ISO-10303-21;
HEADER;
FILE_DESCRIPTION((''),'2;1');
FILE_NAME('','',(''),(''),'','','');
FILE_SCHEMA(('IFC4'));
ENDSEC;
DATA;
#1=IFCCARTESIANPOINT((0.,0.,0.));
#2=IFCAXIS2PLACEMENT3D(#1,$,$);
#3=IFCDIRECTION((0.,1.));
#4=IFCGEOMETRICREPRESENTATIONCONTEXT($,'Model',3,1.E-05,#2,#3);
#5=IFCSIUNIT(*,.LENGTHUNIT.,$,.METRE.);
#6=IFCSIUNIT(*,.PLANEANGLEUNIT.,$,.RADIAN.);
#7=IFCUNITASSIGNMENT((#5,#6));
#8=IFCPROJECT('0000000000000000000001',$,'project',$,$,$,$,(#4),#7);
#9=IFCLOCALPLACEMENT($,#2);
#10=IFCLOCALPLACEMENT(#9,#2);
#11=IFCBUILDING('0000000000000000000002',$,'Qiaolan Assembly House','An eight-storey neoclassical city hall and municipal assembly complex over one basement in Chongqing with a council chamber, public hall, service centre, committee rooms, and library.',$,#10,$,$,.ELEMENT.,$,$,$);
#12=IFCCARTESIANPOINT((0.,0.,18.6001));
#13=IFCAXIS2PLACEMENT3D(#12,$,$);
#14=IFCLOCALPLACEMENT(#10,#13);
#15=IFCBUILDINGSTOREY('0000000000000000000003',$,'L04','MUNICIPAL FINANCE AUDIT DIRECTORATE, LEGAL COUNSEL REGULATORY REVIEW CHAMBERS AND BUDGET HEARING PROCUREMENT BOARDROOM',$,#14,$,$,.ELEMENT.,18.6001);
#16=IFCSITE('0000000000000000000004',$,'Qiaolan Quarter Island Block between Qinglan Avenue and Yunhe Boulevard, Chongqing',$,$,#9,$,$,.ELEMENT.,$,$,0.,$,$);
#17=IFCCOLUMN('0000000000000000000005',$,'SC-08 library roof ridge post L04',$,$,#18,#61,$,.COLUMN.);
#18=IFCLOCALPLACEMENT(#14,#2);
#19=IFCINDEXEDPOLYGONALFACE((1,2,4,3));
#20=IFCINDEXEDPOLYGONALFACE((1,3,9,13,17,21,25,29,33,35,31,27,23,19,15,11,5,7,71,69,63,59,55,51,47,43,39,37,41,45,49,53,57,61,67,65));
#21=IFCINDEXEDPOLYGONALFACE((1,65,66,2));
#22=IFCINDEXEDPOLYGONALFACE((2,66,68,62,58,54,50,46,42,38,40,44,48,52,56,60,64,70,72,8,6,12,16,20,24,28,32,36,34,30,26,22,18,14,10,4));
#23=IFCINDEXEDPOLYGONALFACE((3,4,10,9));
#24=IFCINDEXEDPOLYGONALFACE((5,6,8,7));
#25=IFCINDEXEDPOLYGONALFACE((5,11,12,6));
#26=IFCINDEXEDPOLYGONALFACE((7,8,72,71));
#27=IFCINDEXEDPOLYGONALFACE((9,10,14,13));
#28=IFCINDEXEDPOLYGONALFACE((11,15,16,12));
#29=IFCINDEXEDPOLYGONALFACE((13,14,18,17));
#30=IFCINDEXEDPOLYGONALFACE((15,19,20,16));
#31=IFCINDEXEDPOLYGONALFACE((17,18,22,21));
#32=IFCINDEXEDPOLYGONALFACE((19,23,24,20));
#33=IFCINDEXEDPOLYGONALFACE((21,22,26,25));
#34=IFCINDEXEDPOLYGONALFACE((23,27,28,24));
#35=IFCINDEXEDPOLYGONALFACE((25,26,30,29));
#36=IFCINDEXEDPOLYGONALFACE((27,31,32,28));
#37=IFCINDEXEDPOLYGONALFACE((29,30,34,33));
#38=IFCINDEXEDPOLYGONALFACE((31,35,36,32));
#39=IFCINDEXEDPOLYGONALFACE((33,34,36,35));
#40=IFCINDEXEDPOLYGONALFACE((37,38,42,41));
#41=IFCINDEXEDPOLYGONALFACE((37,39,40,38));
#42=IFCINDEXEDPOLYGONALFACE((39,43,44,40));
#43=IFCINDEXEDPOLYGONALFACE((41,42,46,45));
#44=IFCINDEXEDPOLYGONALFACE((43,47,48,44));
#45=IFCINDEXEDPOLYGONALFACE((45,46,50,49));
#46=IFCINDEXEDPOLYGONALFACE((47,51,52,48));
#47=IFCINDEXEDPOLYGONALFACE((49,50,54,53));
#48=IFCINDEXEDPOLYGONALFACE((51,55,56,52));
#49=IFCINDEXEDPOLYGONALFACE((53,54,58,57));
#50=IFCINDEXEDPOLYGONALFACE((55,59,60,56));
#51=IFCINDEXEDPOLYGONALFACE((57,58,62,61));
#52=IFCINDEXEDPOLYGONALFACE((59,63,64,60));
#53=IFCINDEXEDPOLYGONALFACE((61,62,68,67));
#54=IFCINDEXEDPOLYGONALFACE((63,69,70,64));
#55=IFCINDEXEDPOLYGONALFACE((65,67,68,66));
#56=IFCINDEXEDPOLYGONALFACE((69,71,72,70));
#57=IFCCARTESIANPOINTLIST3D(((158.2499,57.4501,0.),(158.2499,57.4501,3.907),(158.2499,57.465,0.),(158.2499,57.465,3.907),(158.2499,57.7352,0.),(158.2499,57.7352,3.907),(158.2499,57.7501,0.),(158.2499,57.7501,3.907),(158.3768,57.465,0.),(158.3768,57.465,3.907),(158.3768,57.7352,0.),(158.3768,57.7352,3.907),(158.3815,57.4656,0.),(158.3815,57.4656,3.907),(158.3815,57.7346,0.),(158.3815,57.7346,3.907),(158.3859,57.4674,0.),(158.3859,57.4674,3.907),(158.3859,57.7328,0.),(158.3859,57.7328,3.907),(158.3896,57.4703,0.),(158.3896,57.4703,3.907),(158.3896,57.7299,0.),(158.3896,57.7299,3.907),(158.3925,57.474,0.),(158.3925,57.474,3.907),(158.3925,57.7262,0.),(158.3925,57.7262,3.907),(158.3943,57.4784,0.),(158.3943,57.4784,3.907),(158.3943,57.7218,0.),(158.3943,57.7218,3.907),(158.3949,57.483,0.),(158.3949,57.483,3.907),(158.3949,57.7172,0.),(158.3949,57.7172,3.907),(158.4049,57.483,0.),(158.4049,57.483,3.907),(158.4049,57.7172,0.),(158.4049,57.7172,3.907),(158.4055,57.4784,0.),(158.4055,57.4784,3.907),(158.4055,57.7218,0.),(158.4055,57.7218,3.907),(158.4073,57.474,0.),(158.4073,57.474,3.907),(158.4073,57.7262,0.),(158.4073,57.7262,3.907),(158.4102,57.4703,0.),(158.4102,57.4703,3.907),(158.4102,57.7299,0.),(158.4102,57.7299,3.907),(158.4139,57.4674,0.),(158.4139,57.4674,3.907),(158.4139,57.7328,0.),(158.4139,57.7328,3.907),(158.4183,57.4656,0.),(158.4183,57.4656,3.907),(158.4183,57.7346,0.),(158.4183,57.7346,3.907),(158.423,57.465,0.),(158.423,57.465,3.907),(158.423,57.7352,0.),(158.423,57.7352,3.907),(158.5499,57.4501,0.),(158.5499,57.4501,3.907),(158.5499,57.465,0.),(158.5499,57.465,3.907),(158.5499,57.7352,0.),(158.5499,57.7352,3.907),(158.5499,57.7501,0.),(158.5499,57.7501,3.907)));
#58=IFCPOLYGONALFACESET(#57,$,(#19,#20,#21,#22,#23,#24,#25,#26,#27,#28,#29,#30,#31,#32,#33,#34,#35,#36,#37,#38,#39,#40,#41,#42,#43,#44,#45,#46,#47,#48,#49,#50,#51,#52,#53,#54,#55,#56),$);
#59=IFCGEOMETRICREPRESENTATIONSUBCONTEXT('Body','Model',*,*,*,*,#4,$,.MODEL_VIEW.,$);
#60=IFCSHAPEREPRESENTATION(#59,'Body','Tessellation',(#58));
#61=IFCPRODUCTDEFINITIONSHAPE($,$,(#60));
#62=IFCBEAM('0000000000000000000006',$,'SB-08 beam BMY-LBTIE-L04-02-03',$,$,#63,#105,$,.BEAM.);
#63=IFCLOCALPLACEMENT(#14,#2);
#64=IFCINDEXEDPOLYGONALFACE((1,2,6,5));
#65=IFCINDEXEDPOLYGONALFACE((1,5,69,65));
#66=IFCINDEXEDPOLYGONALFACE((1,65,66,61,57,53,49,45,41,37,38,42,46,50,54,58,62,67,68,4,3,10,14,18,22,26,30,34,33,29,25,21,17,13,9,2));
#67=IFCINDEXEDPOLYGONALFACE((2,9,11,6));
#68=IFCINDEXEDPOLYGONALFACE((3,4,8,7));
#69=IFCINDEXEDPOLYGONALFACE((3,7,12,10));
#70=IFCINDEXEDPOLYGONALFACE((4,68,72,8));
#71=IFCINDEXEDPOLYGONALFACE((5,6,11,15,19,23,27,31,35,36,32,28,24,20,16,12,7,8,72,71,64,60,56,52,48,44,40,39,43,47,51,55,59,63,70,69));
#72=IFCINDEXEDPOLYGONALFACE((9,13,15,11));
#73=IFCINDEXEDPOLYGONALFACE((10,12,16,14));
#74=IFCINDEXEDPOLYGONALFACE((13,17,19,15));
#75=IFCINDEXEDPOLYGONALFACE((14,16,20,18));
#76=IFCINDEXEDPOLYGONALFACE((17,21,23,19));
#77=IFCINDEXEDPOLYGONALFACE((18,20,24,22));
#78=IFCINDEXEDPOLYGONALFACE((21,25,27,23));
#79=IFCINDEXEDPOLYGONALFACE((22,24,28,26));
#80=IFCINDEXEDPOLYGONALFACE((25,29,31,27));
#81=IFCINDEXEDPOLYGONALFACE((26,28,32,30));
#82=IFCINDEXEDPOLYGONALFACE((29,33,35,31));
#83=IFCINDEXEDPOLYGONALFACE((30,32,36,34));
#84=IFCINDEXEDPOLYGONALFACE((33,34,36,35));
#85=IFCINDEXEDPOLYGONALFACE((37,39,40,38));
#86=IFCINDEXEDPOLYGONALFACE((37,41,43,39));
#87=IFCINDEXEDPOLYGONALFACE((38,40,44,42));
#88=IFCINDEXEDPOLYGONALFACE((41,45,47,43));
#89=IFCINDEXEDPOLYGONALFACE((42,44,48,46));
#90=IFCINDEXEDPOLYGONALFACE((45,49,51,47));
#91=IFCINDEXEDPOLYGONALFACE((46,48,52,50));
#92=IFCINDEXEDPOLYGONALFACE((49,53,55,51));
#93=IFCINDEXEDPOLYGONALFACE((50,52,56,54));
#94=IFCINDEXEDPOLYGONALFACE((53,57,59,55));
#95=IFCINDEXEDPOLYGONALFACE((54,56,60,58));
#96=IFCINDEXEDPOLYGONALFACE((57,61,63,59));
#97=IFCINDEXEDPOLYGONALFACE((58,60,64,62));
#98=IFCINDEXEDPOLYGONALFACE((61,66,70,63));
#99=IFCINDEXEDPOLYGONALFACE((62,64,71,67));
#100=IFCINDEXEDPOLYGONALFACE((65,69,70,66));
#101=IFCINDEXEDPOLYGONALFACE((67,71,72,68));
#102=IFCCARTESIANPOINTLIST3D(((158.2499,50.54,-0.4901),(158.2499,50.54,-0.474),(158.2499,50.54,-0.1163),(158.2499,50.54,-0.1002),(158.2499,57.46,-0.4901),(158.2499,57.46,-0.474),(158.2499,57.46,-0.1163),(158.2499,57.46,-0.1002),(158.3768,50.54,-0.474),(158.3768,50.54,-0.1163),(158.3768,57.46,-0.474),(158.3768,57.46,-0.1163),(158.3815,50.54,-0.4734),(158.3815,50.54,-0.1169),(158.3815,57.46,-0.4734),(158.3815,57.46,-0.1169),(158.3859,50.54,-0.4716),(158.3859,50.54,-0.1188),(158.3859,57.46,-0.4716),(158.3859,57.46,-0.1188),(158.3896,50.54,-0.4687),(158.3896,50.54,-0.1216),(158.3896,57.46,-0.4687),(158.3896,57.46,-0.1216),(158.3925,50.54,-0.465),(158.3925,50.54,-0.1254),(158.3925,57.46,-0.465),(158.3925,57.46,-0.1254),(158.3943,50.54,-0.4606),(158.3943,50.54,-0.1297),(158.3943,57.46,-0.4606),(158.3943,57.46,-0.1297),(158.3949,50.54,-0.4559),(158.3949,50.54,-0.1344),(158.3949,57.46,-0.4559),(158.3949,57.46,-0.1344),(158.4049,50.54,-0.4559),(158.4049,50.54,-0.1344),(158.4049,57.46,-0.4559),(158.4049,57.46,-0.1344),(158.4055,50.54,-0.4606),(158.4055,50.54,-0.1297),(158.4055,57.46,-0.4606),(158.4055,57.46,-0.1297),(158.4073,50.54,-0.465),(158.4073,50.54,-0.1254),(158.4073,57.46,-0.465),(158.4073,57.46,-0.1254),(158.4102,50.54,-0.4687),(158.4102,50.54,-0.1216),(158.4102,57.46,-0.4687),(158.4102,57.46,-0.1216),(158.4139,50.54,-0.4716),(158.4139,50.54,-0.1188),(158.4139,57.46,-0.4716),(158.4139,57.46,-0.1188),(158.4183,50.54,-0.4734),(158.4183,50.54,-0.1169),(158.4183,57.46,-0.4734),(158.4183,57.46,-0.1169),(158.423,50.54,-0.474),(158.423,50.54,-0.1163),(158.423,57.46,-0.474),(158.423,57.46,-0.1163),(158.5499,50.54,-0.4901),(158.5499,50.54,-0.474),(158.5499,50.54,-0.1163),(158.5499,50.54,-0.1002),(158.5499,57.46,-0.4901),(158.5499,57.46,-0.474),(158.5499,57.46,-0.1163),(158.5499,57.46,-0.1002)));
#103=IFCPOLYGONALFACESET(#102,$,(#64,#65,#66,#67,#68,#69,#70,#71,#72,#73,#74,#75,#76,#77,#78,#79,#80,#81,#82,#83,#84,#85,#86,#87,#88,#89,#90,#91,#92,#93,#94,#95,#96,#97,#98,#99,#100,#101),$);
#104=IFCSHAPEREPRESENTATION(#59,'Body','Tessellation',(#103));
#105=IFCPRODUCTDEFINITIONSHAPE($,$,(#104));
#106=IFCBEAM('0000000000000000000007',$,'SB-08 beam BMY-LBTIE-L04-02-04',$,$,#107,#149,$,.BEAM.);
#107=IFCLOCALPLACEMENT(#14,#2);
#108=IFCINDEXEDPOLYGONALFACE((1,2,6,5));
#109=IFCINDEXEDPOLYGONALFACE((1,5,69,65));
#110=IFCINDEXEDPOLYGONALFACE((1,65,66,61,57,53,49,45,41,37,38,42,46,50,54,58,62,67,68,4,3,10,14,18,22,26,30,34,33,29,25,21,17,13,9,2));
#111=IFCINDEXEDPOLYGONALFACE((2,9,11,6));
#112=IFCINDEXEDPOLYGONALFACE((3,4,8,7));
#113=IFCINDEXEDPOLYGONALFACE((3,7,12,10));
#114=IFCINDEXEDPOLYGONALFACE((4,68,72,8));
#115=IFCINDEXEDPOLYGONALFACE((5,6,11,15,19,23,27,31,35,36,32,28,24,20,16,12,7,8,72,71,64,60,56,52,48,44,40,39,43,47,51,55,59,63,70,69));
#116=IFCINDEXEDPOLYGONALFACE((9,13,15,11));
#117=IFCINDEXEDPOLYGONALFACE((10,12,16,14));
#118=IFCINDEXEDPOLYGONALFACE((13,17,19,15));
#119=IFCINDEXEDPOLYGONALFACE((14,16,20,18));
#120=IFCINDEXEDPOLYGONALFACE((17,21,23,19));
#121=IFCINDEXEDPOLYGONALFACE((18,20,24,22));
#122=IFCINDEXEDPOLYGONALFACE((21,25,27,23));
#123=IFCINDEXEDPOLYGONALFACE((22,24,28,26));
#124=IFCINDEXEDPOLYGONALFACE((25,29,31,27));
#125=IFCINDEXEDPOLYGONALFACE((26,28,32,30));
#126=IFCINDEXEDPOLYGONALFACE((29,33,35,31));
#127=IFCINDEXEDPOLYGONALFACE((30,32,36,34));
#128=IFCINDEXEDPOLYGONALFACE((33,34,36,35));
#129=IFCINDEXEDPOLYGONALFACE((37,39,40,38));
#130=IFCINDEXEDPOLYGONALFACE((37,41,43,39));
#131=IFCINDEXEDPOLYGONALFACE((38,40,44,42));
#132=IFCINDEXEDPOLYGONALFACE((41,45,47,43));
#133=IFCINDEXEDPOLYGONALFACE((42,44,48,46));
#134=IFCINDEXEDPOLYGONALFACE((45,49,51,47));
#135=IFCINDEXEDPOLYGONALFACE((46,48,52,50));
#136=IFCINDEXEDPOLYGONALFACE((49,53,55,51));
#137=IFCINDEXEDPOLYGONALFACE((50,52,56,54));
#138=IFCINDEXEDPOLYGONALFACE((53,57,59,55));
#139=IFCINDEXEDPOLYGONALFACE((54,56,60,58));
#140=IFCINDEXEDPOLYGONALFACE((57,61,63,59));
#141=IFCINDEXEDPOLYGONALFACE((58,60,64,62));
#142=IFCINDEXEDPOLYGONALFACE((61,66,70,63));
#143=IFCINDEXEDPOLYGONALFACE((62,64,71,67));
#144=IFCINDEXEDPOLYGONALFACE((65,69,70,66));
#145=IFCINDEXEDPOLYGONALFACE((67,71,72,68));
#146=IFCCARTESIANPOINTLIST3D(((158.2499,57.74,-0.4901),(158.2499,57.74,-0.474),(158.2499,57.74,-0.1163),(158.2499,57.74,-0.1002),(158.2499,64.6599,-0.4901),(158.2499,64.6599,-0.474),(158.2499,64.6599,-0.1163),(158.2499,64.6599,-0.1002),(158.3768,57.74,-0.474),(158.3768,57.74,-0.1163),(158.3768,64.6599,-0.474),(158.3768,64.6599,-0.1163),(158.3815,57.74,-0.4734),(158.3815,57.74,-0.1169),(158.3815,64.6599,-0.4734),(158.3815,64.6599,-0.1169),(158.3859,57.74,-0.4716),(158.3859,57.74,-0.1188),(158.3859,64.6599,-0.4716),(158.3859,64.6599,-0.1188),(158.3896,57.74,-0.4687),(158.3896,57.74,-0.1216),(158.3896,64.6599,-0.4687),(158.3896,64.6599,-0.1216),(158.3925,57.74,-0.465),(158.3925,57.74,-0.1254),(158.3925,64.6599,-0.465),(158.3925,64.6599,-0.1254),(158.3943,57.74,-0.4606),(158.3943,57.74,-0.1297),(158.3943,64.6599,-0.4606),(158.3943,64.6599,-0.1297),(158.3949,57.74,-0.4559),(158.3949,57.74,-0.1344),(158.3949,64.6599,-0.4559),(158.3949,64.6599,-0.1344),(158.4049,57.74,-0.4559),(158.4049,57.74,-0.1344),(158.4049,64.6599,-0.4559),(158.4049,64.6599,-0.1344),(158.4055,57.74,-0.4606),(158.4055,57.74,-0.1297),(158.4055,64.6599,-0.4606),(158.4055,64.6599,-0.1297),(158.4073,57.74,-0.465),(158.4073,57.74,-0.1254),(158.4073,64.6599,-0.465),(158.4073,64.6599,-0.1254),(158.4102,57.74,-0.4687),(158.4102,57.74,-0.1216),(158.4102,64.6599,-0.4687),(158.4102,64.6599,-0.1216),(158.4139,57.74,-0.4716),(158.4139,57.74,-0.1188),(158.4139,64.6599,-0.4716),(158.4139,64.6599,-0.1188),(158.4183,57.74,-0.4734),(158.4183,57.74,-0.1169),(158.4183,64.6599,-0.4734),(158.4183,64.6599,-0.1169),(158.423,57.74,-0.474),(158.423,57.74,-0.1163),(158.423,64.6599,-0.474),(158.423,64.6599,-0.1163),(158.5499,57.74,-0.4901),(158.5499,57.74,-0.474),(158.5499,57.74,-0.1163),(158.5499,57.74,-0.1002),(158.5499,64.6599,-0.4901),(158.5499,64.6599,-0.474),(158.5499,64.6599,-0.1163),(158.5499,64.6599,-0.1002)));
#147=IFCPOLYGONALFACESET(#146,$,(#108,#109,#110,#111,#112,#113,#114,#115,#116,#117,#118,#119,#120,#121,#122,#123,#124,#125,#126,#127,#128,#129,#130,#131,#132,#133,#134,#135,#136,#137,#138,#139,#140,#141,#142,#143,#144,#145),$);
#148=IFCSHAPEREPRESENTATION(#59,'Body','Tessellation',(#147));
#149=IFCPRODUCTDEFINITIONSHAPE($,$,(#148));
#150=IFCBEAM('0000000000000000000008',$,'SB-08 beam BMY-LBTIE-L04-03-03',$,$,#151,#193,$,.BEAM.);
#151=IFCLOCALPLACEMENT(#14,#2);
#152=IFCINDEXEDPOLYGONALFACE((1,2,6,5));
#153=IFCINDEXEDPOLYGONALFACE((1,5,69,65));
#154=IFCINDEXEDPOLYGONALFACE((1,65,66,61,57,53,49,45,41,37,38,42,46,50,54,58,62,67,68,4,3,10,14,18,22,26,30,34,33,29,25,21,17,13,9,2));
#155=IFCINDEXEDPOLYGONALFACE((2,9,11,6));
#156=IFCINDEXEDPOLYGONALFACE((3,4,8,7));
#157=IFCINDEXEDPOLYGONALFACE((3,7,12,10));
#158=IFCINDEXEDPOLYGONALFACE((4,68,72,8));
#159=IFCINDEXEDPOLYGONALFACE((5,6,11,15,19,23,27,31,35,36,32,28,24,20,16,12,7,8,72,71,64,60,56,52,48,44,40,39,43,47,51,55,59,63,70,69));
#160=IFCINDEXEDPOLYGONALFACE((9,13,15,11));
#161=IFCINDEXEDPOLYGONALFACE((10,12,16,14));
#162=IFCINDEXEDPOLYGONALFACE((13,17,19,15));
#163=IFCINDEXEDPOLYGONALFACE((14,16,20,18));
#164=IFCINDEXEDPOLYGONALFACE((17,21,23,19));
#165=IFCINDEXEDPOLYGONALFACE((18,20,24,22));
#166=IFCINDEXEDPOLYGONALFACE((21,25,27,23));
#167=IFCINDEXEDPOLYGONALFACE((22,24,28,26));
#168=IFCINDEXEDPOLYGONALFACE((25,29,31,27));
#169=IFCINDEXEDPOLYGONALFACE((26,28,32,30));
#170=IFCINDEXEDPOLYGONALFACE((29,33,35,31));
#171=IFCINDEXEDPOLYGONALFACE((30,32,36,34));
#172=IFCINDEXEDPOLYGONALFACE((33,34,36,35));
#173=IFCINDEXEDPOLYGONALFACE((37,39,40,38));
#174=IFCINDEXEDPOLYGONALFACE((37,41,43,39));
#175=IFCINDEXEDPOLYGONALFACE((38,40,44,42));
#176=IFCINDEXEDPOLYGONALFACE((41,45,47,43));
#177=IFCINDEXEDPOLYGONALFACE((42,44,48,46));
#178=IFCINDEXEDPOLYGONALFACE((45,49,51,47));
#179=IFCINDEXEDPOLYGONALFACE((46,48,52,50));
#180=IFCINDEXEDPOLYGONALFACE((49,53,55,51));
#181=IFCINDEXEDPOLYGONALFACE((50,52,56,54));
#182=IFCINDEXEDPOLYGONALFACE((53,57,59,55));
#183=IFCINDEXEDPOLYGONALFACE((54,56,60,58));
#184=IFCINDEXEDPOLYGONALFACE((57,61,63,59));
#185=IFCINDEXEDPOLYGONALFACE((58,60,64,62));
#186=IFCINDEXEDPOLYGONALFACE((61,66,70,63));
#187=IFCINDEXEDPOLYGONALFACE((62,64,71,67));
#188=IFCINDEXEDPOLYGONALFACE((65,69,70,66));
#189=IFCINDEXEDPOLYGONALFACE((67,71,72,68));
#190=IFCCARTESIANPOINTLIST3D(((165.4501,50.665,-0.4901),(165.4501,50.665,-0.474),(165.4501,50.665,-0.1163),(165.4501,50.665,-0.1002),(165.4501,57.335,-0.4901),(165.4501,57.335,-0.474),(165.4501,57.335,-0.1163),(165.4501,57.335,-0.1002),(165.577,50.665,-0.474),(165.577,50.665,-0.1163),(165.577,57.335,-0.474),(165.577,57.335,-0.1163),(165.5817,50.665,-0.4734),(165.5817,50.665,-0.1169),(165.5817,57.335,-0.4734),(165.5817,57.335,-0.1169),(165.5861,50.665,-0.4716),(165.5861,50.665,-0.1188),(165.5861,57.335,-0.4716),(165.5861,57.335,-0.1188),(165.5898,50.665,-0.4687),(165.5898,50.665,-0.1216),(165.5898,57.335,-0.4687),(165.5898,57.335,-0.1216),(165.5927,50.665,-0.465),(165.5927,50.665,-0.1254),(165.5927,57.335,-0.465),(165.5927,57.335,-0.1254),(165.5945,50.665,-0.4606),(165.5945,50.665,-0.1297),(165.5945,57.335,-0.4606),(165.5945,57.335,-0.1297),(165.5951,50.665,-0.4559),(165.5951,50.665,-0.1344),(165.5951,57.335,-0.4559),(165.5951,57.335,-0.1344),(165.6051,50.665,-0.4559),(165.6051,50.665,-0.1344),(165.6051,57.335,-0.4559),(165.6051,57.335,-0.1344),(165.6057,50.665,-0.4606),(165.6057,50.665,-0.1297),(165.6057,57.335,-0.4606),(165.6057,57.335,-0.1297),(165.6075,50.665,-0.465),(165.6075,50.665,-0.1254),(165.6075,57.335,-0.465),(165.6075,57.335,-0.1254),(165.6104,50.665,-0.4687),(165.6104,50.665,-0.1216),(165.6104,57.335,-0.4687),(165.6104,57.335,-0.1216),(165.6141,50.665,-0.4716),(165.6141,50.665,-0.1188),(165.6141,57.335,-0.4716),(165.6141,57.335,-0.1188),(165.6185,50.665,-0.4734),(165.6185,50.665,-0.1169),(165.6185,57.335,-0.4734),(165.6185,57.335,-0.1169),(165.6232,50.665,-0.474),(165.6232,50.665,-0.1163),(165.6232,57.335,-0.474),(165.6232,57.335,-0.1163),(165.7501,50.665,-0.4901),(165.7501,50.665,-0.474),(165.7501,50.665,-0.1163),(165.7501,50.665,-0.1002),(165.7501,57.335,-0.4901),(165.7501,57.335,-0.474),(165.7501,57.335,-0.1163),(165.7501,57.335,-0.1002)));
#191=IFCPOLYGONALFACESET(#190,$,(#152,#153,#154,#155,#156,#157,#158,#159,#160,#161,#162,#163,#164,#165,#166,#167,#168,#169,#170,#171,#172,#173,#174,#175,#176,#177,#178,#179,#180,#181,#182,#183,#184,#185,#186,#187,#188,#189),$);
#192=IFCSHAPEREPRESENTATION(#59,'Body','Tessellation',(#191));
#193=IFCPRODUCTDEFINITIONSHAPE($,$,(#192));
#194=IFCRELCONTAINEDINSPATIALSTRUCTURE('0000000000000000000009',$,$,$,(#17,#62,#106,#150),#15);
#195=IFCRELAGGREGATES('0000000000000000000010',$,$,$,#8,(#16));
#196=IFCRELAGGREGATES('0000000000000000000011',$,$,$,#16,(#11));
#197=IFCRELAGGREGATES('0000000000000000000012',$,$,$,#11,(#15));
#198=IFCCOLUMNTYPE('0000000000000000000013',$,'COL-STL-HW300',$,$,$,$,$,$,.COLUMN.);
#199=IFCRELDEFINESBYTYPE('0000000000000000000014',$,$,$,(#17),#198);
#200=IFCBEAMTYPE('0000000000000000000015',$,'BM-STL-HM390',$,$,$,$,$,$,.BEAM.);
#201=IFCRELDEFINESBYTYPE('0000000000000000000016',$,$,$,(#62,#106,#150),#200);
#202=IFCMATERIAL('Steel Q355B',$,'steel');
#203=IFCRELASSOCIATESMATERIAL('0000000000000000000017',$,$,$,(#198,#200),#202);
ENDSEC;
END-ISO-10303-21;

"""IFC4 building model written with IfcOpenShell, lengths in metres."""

from ifc_helpers import new_model, si_unit, direction, frame, origin, origin_2d, place, context, subcontext, project, spatial, i_section, extrude, material, material_profile, profile_set, type_object, element, save


model = new_model("IFC4")

# Units and contexts
model_context = context("Model", 3, precision=1e-05, world=origin(), true_north=direction((0.0, 1.0)))
body_context = subcontext(model_context, "Body", "Model", "MODEL_VIEW")
ifc_project = project(units=[si_unit("LENGTHUNIT", "METRE"), si_unit("PLANEANGLEUNIT", "RADIAN")], contexts=[model_context])

# Site, building, storey
site_placement = place(None, origin())
site = spatial("IfcSite", under=ifc_project, at=site_placement, Name="Qiaolan Quarter Island Block between Qinglan Avenue and Yunhe Boulevard, Chongqing", CompositionType="ELEMENT", RefElevation=0.0)
building_placement = place(site_placement, origin())
building = spatial("IfcBuilding", under=site, at=building_placement, Name="Qiaolan Assembly House", Description="An eight-storey neoclassical city hall and municipal assembly complex over one basement in Chongqing with a council chamber, public hall, service centre, committee rooms, and library.", CompositionType="ELEMENT")
storey_placement = place(building_placement, frame((0.0, 0.0, 18.6001)))
storey = spatial("IfcBuildingStorey", under=building, at=storey_placement, Name="L04", Description="MUNICIPAL FINANCE AUDIT DIRECTORATE, LEGAL COUNSEL REGULATORY REVIEW CHAMBERS AND BUDGET HEARING PROCUREMENT BOARDROOM", CompositionType="ELEMENT", Elevation=18.6001)

# Column
ifc_material = material(Name="Steel Q355B", Category="steel")
ifc_material_profile_1 = material_profile(ifc_material, i_section(OverallWidth=0.3, OverallDepth=0.3, WebThickness=0.01, FlangeThickness=0.0149, FilletRadius=0.0181, at=origin_2d()), Name="HW 300x300x10x15")
ifc_profile_set_1 = profile_set([ifc_material_profile_1], Name="Steel Q355B")
column_type = type_object("IfcColumnType", Name="COL-STL-HW300", PredefinedType="COLUMN", material=ifc_profile_set_1)
column_placement = place(storey_placement, frame((158.3999, 57.6001, 0.0), z_axis=(0.0, 0.0, 1.0), x_axis=(1.0, 0.0, 0.0)))
element("IfcColumn", 1, at=column_placement, inside=storey, type_object=column_type, Name="SC-08 library roof ridge post L04", PredefinedType="COLUMN", context=body_context, shape_type="SweptSolid", body=[
    extrude(i_section(OverallWidth=0.3, OverallDepth=0.3, WebThickness=0.01, FlangeThickness=0.0149, FilletRadius=0.0181, at=origin_2d()), origin(), (0.0, 0.0, 1.0), 3.907),
])

# Beams
ifc_material_profile_2 = material_profile(ifc_material, i_section(OverallWidth=0.3, OverallDepth=0.3899, WebThickness=0.01, FlangeThickness=0.0161, FilletRadius=0.0181, at=origin_2d()), Name="HM 390x300x10x16")
ifc_profile_set_2 = profile_set([ifc_material_profile_2], Name="Steel Q355B")
beam_type_1 = type_object("IfcBeamType", Name="BM-STL-HM390", PredefinedType="BEAM", material=ifc_profile_set_2)
for number, where, z_axis, x_axis, name in (
    (2, (158.3999, 50.54, -0.2952), (0.0, 1.0, 0.0), (-1.0, 0.0, 0.0), "SB-08 beam BMY-LBTIE-L04-02-03"),
    (3, (158.3999, 57.74, -0.2952), (0.0, 1.0, 0.0), (-1.0, 0.0, 0.0), "SB-08 beam BMY-LBTIE-L04-02-04"),
):
    element("IfcBeam", number, at=place(storey_placement, frame(where, z_axis=z_axis, x_axis=x_axis)), inside=storey, type_object=beam_type_1, Name=name, PredefinedType="BEAM", context=body_context, shape_type="SweptSolid", body=[
        extrude(i_section(OverallWidth=0.3, OverallDepth=0.3899, WebThickness=0.01, FlangeThickness=0.0161, FilletRadius=0.0181, at=origin_2d()), origin(), (0.0, 0.0, 1.0), 6.9199),
    ])
for number, where, z_axis, x_axis, name in (
    (4, (165.6001, 50.665, -0.2952), (0.0, 1.0, 0.0), (-1.0, 0.0, 0.0), "SB-08 beam BMY-LBTIE-L04-03-03"),
):
    element("IfcBeam", number, at=place(storey_placement, frame(where, z_axis=z_axis, x_axis=x_axis)), inside=storey, type_object=beam_type_1, Name=name, PredefinedType="BEAM", context=body_context, shape_type="SweptSolid", body=[
        extrude(i_section(OverallWidth=0.3, OverallDepth=0.3899, WebThickness=0.01, FlangeThickness=0.0161, FilletRadius=0.0181, at=origin_2d()), origin(), (0.0, 0.0, 1.0), 6.6699),
    ])

save(model, "model.ifc")
